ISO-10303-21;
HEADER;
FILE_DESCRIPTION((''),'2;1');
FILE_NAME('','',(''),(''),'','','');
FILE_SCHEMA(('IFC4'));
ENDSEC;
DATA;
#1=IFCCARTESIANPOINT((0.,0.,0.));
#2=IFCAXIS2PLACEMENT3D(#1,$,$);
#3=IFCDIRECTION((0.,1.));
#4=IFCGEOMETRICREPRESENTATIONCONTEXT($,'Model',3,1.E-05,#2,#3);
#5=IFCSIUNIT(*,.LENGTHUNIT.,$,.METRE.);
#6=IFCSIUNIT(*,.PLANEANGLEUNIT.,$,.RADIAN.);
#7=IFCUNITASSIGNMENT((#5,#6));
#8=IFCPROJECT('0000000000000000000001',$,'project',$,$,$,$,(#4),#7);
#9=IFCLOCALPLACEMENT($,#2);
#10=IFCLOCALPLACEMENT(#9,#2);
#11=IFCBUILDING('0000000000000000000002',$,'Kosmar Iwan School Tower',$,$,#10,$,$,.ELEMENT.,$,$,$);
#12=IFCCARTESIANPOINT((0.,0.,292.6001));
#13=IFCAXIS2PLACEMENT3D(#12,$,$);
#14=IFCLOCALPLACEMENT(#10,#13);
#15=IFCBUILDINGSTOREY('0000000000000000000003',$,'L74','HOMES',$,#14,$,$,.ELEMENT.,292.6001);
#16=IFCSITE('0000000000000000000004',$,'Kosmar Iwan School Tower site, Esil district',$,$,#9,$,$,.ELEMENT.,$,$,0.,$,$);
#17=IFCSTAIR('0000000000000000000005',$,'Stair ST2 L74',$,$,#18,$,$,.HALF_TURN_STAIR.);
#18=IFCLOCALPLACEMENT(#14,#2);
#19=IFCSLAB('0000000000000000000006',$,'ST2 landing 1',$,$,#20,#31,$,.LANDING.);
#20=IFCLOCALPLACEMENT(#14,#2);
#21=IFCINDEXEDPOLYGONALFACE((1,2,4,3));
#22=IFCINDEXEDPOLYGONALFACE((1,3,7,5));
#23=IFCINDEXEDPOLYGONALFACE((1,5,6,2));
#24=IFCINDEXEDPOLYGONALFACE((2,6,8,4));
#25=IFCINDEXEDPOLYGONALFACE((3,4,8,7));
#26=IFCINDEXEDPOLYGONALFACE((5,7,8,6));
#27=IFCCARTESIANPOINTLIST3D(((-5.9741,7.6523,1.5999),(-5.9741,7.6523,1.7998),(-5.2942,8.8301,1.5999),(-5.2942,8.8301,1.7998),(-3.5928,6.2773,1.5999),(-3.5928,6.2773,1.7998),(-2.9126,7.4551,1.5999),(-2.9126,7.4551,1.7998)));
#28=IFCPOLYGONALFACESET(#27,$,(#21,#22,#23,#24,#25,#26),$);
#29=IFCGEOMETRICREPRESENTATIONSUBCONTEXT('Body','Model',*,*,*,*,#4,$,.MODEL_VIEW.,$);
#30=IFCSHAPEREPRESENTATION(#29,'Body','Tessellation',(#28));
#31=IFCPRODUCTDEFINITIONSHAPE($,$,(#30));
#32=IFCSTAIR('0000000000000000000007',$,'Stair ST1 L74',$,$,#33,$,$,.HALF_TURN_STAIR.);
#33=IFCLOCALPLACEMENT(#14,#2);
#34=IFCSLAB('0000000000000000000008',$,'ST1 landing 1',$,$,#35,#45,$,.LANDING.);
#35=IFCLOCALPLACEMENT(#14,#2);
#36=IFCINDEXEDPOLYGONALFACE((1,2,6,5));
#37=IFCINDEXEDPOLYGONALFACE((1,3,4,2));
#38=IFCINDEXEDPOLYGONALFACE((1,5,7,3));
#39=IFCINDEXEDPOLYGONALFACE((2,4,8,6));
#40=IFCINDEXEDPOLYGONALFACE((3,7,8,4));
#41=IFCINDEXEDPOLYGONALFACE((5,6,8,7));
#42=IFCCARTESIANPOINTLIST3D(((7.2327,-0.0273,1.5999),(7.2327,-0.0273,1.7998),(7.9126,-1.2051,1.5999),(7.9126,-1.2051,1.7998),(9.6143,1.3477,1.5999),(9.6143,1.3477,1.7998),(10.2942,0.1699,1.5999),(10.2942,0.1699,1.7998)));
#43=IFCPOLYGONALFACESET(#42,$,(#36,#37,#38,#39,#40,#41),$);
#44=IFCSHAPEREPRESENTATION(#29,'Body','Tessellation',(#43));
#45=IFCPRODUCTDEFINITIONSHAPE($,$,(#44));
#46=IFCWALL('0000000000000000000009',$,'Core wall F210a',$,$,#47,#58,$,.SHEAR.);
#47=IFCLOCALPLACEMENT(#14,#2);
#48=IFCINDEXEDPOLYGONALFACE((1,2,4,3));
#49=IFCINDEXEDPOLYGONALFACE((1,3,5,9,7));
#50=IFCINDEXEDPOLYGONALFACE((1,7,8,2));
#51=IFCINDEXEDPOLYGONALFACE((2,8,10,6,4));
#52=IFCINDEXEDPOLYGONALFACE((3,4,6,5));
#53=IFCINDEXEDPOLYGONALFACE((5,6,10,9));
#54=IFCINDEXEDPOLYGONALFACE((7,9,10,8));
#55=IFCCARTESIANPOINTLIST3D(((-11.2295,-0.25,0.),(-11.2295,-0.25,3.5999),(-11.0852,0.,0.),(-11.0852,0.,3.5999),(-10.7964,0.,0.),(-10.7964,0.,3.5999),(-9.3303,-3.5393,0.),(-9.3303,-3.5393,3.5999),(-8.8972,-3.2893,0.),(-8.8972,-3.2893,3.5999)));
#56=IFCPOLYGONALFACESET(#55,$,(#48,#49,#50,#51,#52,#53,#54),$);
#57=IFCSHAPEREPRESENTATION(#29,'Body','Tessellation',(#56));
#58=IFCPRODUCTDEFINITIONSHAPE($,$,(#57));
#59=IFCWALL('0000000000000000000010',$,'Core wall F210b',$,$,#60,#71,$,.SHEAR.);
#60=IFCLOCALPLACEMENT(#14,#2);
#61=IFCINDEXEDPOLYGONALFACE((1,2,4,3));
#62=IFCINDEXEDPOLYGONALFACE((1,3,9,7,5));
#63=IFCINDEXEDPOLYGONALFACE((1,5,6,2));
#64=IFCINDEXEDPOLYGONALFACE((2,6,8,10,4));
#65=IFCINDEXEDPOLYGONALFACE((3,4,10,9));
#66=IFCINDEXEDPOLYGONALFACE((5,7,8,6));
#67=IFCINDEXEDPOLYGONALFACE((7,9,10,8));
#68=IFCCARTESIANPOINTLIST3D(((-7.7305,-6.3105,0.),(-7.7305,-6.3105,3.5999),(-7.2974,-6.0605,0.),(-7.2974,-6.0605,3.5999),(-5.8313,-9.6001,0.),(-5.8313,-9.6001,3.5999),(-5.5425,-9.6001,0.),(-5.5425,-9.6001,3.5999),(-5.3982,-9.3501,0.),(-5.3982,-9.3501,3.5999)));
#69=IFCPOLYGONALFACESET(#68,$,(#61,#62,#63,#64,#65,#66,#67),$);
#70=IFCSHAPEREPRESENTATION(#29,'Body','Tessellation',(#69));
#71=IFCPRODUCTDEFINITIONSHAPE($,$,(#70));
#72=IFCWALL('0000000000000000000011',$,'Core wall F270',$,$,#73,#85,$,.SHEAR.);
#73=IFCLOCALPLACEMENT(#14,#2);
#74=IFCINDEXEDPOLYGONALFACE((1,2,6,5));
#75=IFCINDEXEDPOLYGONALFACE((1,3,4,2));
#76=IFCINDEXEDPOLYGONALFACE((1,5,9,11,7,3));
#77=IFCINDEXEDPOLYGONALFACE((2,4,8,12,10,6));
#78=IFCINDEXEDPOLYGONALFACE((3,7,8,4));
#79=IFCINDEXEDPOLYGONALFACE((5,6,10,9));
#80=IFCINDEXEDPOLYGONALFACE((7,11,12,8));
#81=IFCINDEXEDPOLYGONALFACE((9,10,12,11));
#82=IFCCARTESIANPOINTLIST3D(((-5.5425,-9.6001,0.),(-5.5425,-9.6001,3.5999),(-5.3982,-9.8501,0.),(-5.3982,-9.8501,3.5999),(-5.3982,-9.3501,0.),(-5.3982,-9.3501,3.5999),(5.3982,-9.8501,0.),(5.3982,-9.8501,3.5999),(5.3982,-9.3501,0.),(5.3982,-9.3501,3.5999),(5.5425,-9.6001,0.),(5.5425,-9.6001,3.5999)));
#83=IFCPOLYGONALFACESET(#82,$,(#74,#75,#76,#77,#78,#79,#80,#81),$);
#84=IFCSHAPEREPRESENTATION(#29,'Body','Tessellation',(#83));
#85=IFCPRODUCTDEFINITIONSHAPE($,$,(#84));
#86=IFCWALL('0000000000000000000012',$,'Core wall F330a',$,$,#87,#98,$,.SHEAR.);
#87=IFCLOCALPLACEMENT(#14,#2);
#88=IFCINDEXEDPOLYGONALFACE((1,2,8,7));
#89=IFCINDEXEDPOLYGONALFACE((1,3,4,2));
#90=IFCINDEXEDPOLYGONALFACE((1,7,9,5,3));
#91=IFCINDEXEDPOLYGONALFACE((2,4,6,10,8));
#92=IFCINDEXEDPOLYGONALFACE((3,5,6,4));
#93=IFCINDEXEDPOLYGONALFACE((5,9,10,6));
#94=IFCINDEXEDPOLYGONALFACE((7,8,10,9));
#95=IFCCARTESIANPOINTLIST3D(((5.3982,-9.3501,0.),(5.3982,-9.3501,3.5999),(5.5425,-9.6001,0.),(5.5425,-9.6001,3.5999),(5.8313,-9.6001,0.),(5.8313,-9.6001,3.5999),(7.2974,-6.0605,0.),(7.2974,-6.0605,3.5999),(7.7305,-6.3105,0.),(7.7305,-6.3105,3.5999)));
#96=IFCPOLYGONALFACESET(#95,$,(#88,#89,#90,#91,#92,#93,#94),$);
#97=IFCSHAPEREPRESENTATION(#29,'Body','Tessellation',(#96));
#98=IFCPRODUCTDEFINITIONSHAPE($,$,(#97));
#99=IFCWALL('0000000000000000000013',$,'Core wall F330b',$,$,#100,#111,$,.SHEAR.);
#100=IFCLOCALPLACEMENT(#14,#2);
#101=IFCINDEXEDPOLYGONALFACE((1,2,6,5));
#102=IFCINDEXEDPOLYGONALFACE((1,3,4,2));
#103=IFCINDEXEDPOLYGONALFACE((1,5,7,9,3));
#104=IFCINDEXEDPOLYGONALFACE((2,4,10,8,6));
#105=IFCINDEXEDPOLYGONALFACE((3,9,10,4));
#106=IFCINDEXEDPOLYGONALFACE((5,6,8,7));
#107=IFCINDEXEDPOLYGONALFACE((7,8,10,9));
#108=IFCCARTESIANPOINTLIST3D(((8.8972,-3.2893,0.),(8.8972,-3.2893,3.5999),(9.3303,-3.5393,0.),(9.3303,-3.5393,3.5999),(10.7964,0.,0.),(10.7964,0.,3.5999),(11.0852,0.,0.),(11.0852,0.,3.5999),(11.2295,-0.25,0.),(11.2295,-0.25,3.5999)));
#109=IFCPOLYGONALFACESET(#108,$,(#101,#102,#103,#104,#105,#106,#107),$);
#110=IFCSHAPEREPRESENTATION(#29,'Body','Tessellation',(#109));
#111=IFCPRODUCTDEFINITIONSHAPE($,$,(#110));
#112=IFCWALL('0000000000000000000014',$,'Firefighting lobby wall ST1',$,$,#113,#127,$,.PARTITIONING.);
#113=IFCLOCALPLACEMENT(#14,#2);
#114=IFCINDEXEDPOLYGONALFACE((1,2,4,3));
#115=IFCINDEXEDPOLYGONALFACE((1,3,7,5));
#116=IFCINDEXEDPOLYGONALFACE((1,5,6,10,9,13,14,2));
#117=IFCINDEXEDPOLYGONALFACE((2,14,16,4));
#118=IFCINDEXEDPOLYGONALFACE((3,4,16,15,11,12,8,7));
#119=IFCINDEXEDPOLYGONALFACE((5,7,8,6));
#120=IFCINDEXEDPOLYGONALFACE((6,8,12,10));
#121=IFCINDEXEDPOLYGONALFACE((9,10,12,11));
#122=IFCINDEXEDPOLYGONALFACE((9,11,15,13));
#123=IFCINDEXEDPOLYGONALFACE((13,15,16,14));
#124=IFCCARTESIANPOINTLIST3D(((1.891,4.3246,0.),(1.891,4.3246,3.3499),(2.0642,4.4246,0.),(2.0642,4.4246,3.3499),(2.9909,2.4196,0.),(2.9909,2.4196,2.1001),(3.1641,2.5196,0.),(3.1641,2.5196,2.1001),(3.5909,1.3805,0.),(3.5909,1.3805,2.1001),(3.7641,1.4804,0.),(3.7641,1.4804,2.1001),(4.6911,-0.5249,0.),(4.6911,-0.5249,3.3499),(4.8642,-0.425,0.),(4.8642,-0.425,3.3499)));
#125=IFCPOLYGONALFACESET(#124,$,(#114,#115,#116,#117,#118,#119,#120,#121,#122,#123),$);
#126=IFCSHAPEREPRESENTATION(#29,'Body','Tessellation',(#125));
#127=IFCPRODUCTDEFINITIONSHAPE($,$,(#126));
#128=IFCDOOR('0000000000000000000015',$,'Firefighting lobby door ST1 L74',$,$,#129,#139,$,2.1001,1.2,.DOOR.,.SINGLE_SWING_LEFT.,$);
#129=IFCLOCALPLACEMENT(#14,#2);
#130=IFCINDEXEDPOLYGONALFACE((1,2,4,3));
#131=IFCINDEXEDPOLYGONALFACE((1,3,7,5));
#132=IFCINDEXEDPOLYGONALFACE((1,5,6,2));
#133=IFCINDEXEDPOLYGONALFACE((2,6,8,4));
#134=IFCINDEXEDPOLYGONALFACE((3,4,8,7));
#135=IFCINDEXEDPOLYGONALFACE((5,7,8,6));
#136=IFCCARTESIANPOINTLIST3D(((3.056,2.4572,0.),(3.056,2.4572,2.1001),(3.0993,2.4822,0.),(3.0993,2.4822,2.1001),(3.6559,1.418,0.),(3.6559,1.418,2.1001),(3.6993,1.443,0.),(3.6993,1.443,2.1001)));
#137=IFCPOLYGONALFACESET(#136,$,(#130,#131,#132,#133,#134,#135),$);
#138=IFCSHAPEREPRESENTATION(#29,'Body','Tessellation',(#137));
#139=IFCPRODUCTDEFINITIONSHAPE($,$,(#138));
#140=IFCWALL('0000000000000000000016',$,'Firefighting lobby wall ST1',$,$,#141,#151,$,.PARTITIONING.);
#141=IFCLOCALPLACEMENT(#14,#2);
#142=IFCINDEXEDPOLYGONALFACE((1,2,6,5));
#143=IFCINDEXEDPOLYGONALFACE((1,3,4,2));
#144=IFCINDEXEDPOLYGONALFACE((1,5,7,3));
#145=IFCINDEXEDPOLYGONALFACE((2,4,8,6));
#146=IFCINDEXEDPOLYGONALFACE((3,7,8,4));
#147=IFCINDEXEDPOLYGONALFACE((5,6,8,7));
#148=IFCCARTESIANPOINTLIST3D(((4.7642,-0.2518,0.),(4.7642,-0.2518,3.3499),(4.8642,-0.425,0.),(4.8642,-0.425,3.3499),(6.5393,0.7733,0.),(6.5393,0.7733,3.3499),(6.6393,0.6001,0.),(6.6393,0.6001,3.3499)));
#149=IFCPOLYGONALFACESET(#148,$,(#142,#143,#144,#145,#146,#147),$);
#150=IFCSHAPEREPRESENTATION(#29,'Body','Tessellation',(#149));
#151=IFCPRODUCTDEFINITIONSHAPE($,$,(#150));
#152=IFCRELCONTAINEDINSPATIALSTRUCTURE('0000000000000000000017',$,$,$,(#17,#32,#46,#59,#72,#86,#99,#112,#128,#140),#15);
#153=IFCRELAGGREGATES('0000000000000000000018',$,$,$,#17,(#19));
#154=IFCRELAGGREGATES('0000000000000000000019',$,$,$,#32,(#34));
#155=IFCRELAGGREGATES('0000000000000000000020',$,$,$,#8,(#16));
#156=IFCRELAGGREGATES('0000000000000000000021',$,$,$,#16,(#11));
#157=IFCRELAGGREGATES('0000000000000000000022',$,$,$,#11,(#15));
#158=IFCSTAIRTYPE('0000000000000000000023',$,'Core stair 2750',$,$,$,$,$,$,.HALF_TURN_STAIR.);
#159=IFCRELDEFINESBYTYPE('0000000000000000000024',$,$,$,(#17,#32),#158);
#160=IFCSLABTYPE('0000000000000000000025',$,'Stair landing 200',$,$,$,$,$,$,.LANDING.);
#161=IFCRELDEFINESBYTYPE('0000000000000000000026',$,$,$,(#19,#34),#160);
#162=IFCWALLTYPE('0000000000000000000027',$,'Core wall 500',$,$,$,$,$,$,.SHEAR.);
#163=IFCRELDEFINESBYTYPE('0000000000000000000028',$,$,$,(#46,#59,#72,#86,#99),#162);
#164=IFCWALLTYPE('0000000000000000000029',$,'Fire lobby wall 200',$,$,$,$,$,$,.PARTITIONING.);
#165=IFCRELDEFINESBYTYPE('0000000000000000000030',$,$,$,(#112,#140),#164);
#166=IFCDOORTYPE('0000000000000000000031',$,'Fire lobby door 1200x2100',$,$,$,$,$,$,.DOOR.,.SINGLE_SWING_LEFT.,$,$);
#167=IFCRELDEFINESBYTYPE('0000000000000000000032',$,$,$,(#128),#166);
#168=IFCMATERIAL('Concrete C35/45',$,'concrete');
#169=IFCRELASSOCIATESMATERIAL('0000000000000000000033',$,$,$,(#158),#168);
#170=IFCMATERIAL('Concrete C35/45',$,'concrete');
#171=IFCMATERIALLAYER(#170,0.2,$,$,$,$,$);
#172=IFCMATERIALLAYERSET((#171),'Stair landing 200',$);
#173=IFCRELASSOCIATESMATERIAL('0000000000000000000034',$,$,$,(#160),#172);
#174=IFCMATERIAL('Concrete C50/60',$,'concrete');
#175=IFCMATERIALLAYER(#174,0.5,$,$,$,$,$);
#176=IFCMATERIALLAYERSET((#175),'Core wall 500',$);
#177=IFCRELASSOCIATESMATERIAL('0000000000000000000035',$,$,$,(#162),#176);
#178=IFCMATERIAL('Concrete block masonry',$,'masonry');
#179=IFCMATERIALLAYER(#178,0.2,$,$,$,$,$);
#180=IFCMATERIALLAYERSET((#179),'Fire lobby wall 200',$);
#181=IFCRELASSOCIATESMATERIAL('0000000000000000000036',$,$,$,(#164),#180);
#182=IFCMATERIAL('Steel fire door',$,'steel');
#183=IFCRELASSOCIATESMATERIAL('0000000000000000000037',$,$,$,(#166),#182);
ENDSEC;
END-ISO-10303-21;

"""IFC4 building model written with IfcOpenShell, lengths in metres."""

from ifc_helpers import new_model, si_unit, direction, frame, frame_2d, origin, place, context, subcontext, project, spatial, polyline, rectangle, outline, extrude, material, layer, layer_set, type_object, element, fill, aggregate, save


model = new_model("IFC4")

# Units and contexts
model_context = context("Model", 3, precision=1e-05, world=origin(), true_north=direction((0.0, 1.0)))
body_context = subcontext(model_context, "Body", "Model", "MODEL_VIEW")
ifc_project = project(units=[si_unit("LENGTHUNIT", "METRE"), si_unit("PLANEANGLEUNIT", "RADIAN")], contexts=[model_context])

# Site, building, storey
site_placement = place(None, origin())
site = spatial("IfcSite", under=ifc_project, at=site_placement, Name="Kosmar Iwan School Tower site, Esil district", CompositionType="ELEMENT", RefElevation=0.0)
building_placement = place(site_placement, origin())
building = spatial("IfcBuilding", under=site, at=building_placement, Name="Kosmar Iwan School Tower", CompositionType="ELEMENT")
storey_placement = place(building_placement, frame((0.0, 0.0, 292.6001)))
storey = spatial("IfcBuildingStorey", under=building, at=storey_placement, Name="L74", Description="HOMES", CompositionType="ELEMENT", Elevation=292.6001)

# Stairs, slabs
ifc_material_1 = material(Name="Concrete C35/45", Category="concrete")
stair_type = type_object("IfcStairType", Name="Core stair 2750", PredefinedType="HALF_TURN_STAIR", material=ifc_material_1)
stair_1_placement = place(storey_placement, origin())
stair_1 = element("IfcStair", 1, at=stair_1_placement, inside=storey, type_object=stair_type, Name="Stair ST2 L74", PredefinedType="HALF_TURN_STAIR")
ifc_material_2 = material(Name="Concrete C35/45", Category="concrete")
ifc_layer_1 = layer(ifc_material_2, 0.2)
ifc_layer_set_1 = layer_set([ifc_layer_1], Name="Stair landing 200")
slab_type = type_object("IfcSlabType", Name="Stair landing 200", PredefinedType="LANDING", material=ifc_layer_set_1)
slab_1_placement = place(storey_placement, frame((0.0, 0.0, 1.5999)))
slab_1 = element("IfcSlab", 2, at=slab_1_placement, type_object=slab_type, Name="ST2 landing 1", PredefinedType="LANDING", context=body_context, shape_type="SweptSolid", body=[
    extrude(outline(polyline([(-2.9126, 7.4551), (-5.2942, 8.8301), (-5.9741, 7.6523), (-3.5928, 6.2773), (-2.9126, 7.4551)])), origin(), (0.0, 0.0, 1.0), 0.2),
])
aggregate(stair_1, [slab_1])
stair_2_placement = place(storey_placement, origin())
stair_2 = element("IfcStair", 3, at=stair_2_placement, inside=storey, type_object=stair_type, Name="Stair ST1 L74", PredefinedType="HALF_TURN_STAIR")
slab_2_placement = place(storey_placement, frame((0.0, 0.0, 1.5999)))
slab_2 = element("IfcSlab", 4, at=slab_2_placement, type_object=slab_type, Name="ST1 landing 1", PredefinedType="LANDING", context=body_context, shape_type="SweptSolid", body=[
    extrude(outline(polyline([(7.9126, -1.2051), (10.2942, 0.1699), (9.6143, 1.3477), (7.2327, -0.0273), (7.9126, -1.2051)])), origin(), (0.0, 0.0, 1.0), 0.2),
])
aggregate(stair_2, [slab_2])

# Walls
ifc_material_3 = material(Name="Concrete C50/60", Category="concrete")
ifc_layer_2 = layer(ifc_material_3, 0.5)
ifc_layer_set_2 = layer_set([ifc_layer_2], Name="Core wall 500")
wall_type_1 = type_object("IfcWallType", Name="Core wall 500", PredefinedType="SHEAR", material=ifc_layer_set_2)
wall_1_placement = place(storey_placement, origin())
element("IfcWall", 5, at=wall_1_placement, inside=storey, type_object=wall_type_1, Name="Core wall F210a", PredefinedType="SHEAR", context=body_context, shape_type="SweptSolid", body=[
    extrude(outline(polyline([(-9.3303, -3.5393), (-8.8972, -3.2893), (-10.7964, 0.0), (-11.0852, 0.0), (-11.2295, -0.25), (-9.3303, -3.5393)])), origin(), (0.0, 0.0, 1.0), 3.5999),
])
wall_2_placement = place(storey_placement, origin())
element("IfcWall", 6, at=wall_2_placement, inside=storey, type_object=wall_type_1, Name="Core wall F210b", PredefinedType="SHEAR", context=body_context, shape_type="SweptSolid", body=[
    extrude(outline(polyline([(-5.8313, -9.6001), (-5.5425, -9.6001), (-5.3982, -9.3501), (-7.2974, -6.0605), (-7.7305, -6.3105), (-5.8313, -9.6001)])), origin(), (0.0, 0.0, 1.0), 3.5999),
])
wall_3_placement = place(storey_placement, origin())
element("IfcWall", 7, at=wall_3_placement, inside=storey, type_object=wall_type_1, Name="Core wall F270", PredefinedType="SHEAR", context=body_context, shape_type="SweptSolid", body=[
    extrude(outline(polyline([(-5.3982, -9.8501), (5.3982, -9.8501), (5.5425, -9.6001), (5.3982, -9.3501), (-5.3982, -9.3501), (-5.5425, -9.6001), (-5.3982, -9.8501)])), origin(), (0.0, 0.0, 1.0), 3.5999),
])
wall_4_placement = place(storey_placement, origin())
element("IfcWall", 8, at=wall_4_placement, inside=storey, type_object=wall_type_1, Name="Core wall F330a", PredefinedType="SHEAR", context=body_context, shape_type="SweptSolid", body=[
    extrude(outline(polyline([(5.5425, -9.6001), (5.8313, -9.6001), (7.7305, -6.3105), (7.2974, -6.0605), (5.3982, -9.3501), (5.5425, -9.6001)])), origin(), (0.0, 0.0, 1.0), 3.5999),
])
wall_5_placement = place(storey_placement, origin())
element("IfcWall", 9, at=wall_5_placement, inside=storey, type_object=wall_type_1, Name="Core wall F330b", PredefinedType="SHEAR", context=body_context, shape_type="SweptSolid", body=[
    extrude(outline(polyline([(9.3303, -3.5393), (11.2295, -0.25), (11.0852, 0.0), (10.7964, 0.0), (8.8972, -3.2893), (9.3303, -3.5393)])), origin(), (0.0, 0.0, 1.0), 3.5999),
])

# Wall, opening, door
ifc_material_4 = material(Name="Concrete block masonry", Category="masonry")
ifc_layer_3 = layer(ifc_material_4, 0.2)
ifc_layer_set_3 = layer_set([ifc_layer_3], Name="Fire lobby wall 200")
wall_type_2 = type_object("IfcWallType", Name="Fire lobby wall 200", PredefinedType="PARTITIONING", material=ifc_layer_set_3)
wall_6_placement = place(storey_placement, frame((4.7776, -0.4749, 0.0), z_axis=(0.0, 0.0, 1.0), x_axis=(-0.500017, 0.866016, 0.0)))
wall_6 = element("IfcWall", 10, at=wall_6_placement, inside=storey, type_object=wall_type_2, Name="Firefighting lobby wall ST1", PredefinedType="PARTITIONING", context=body_context, shape_type="SweptSolid", body=[
    extrude(rectangle(XDim=5.5999, YDim=0.2, at=frame_2d((2.7998, 0.0))), origin(), (0.0, 0.0, 1.0), 3.3499),
])
opening_placement = place(wall_6_placement, frame((2.2, 0.0, 0.0)))
opening = element("IfcOpeningElement", 11, at=opening_placement, cuts=wall_6, PredefinedType="OPENING", context=body_context, shape_type="SweptSolid", body=[
    extrude(rectangle(XDim=1.2, YDim=2.1001, at=frame_2d((0.6001, 1.05))), frame((0.0, 0.1121, 0.0), z_axis=(0.0, -1.0, 0.0), x_axis=(1.0, 0.0, 0.0)), (0.0, 0.0, 1.0), 0.2239),
])
ifc_material_5 = material(Name="Steel fire door", Category="steel")
door_type = type_object("IfcDoorType", Name="Fire lobby door 1200x2100", OperationType="SINGLE_SWING_LEFT", PredefinedType="DOOR", material=ifc_material_5)
door_placement = place(opening_placement, origin())
door = element("IfcDoor", 12, at=door_placement, inside=storey, type_object=door_type, Name="Firefighting lobby door ST1 L74", OperationType="SINGLE_SWING_LEFT", OverallHeight=2.1001, OverallWidth=1.2, PredefinedType="DOOR", context=body_context, shape_type="SweptSolid", body=[
    extrude(rectangle(XDim=1.2, YDim=2.1001, at=frame_2d((0.6001, 1.05))), frame((0.0, 0.0249, 0.0), z_axis=(0.0, -1.0, 0.0), x_axis=(1.0, 0.0, 0.0)), (0.0, 0.0, 1.0), 0.05),
])
fill(opening, door)

# Wall
wall_7_placement = place(storey_placement, frame((4.8142, -0.3384, 0.0), z_axis=(0.0, 0.0, 1.0), x_axis=(0.865969, 0.500097, 0.0)))
element("IfcWall", 13, at=wall_7_placement, inside=storey, type_object=wall_type_2, Name="Firefighting lobby wall ST1", PredefinedType="PARTITIONING", context=body_context, shape_type="SweptSolid", body=[
    extrude(rectangle(XDim=2.0498, YDim=0.2, at=frame_2d((1.0249, 0.0))), origin(), (0.0, 0.0, 1.0), 3.3499),
])

save(model, "model.ifc")
